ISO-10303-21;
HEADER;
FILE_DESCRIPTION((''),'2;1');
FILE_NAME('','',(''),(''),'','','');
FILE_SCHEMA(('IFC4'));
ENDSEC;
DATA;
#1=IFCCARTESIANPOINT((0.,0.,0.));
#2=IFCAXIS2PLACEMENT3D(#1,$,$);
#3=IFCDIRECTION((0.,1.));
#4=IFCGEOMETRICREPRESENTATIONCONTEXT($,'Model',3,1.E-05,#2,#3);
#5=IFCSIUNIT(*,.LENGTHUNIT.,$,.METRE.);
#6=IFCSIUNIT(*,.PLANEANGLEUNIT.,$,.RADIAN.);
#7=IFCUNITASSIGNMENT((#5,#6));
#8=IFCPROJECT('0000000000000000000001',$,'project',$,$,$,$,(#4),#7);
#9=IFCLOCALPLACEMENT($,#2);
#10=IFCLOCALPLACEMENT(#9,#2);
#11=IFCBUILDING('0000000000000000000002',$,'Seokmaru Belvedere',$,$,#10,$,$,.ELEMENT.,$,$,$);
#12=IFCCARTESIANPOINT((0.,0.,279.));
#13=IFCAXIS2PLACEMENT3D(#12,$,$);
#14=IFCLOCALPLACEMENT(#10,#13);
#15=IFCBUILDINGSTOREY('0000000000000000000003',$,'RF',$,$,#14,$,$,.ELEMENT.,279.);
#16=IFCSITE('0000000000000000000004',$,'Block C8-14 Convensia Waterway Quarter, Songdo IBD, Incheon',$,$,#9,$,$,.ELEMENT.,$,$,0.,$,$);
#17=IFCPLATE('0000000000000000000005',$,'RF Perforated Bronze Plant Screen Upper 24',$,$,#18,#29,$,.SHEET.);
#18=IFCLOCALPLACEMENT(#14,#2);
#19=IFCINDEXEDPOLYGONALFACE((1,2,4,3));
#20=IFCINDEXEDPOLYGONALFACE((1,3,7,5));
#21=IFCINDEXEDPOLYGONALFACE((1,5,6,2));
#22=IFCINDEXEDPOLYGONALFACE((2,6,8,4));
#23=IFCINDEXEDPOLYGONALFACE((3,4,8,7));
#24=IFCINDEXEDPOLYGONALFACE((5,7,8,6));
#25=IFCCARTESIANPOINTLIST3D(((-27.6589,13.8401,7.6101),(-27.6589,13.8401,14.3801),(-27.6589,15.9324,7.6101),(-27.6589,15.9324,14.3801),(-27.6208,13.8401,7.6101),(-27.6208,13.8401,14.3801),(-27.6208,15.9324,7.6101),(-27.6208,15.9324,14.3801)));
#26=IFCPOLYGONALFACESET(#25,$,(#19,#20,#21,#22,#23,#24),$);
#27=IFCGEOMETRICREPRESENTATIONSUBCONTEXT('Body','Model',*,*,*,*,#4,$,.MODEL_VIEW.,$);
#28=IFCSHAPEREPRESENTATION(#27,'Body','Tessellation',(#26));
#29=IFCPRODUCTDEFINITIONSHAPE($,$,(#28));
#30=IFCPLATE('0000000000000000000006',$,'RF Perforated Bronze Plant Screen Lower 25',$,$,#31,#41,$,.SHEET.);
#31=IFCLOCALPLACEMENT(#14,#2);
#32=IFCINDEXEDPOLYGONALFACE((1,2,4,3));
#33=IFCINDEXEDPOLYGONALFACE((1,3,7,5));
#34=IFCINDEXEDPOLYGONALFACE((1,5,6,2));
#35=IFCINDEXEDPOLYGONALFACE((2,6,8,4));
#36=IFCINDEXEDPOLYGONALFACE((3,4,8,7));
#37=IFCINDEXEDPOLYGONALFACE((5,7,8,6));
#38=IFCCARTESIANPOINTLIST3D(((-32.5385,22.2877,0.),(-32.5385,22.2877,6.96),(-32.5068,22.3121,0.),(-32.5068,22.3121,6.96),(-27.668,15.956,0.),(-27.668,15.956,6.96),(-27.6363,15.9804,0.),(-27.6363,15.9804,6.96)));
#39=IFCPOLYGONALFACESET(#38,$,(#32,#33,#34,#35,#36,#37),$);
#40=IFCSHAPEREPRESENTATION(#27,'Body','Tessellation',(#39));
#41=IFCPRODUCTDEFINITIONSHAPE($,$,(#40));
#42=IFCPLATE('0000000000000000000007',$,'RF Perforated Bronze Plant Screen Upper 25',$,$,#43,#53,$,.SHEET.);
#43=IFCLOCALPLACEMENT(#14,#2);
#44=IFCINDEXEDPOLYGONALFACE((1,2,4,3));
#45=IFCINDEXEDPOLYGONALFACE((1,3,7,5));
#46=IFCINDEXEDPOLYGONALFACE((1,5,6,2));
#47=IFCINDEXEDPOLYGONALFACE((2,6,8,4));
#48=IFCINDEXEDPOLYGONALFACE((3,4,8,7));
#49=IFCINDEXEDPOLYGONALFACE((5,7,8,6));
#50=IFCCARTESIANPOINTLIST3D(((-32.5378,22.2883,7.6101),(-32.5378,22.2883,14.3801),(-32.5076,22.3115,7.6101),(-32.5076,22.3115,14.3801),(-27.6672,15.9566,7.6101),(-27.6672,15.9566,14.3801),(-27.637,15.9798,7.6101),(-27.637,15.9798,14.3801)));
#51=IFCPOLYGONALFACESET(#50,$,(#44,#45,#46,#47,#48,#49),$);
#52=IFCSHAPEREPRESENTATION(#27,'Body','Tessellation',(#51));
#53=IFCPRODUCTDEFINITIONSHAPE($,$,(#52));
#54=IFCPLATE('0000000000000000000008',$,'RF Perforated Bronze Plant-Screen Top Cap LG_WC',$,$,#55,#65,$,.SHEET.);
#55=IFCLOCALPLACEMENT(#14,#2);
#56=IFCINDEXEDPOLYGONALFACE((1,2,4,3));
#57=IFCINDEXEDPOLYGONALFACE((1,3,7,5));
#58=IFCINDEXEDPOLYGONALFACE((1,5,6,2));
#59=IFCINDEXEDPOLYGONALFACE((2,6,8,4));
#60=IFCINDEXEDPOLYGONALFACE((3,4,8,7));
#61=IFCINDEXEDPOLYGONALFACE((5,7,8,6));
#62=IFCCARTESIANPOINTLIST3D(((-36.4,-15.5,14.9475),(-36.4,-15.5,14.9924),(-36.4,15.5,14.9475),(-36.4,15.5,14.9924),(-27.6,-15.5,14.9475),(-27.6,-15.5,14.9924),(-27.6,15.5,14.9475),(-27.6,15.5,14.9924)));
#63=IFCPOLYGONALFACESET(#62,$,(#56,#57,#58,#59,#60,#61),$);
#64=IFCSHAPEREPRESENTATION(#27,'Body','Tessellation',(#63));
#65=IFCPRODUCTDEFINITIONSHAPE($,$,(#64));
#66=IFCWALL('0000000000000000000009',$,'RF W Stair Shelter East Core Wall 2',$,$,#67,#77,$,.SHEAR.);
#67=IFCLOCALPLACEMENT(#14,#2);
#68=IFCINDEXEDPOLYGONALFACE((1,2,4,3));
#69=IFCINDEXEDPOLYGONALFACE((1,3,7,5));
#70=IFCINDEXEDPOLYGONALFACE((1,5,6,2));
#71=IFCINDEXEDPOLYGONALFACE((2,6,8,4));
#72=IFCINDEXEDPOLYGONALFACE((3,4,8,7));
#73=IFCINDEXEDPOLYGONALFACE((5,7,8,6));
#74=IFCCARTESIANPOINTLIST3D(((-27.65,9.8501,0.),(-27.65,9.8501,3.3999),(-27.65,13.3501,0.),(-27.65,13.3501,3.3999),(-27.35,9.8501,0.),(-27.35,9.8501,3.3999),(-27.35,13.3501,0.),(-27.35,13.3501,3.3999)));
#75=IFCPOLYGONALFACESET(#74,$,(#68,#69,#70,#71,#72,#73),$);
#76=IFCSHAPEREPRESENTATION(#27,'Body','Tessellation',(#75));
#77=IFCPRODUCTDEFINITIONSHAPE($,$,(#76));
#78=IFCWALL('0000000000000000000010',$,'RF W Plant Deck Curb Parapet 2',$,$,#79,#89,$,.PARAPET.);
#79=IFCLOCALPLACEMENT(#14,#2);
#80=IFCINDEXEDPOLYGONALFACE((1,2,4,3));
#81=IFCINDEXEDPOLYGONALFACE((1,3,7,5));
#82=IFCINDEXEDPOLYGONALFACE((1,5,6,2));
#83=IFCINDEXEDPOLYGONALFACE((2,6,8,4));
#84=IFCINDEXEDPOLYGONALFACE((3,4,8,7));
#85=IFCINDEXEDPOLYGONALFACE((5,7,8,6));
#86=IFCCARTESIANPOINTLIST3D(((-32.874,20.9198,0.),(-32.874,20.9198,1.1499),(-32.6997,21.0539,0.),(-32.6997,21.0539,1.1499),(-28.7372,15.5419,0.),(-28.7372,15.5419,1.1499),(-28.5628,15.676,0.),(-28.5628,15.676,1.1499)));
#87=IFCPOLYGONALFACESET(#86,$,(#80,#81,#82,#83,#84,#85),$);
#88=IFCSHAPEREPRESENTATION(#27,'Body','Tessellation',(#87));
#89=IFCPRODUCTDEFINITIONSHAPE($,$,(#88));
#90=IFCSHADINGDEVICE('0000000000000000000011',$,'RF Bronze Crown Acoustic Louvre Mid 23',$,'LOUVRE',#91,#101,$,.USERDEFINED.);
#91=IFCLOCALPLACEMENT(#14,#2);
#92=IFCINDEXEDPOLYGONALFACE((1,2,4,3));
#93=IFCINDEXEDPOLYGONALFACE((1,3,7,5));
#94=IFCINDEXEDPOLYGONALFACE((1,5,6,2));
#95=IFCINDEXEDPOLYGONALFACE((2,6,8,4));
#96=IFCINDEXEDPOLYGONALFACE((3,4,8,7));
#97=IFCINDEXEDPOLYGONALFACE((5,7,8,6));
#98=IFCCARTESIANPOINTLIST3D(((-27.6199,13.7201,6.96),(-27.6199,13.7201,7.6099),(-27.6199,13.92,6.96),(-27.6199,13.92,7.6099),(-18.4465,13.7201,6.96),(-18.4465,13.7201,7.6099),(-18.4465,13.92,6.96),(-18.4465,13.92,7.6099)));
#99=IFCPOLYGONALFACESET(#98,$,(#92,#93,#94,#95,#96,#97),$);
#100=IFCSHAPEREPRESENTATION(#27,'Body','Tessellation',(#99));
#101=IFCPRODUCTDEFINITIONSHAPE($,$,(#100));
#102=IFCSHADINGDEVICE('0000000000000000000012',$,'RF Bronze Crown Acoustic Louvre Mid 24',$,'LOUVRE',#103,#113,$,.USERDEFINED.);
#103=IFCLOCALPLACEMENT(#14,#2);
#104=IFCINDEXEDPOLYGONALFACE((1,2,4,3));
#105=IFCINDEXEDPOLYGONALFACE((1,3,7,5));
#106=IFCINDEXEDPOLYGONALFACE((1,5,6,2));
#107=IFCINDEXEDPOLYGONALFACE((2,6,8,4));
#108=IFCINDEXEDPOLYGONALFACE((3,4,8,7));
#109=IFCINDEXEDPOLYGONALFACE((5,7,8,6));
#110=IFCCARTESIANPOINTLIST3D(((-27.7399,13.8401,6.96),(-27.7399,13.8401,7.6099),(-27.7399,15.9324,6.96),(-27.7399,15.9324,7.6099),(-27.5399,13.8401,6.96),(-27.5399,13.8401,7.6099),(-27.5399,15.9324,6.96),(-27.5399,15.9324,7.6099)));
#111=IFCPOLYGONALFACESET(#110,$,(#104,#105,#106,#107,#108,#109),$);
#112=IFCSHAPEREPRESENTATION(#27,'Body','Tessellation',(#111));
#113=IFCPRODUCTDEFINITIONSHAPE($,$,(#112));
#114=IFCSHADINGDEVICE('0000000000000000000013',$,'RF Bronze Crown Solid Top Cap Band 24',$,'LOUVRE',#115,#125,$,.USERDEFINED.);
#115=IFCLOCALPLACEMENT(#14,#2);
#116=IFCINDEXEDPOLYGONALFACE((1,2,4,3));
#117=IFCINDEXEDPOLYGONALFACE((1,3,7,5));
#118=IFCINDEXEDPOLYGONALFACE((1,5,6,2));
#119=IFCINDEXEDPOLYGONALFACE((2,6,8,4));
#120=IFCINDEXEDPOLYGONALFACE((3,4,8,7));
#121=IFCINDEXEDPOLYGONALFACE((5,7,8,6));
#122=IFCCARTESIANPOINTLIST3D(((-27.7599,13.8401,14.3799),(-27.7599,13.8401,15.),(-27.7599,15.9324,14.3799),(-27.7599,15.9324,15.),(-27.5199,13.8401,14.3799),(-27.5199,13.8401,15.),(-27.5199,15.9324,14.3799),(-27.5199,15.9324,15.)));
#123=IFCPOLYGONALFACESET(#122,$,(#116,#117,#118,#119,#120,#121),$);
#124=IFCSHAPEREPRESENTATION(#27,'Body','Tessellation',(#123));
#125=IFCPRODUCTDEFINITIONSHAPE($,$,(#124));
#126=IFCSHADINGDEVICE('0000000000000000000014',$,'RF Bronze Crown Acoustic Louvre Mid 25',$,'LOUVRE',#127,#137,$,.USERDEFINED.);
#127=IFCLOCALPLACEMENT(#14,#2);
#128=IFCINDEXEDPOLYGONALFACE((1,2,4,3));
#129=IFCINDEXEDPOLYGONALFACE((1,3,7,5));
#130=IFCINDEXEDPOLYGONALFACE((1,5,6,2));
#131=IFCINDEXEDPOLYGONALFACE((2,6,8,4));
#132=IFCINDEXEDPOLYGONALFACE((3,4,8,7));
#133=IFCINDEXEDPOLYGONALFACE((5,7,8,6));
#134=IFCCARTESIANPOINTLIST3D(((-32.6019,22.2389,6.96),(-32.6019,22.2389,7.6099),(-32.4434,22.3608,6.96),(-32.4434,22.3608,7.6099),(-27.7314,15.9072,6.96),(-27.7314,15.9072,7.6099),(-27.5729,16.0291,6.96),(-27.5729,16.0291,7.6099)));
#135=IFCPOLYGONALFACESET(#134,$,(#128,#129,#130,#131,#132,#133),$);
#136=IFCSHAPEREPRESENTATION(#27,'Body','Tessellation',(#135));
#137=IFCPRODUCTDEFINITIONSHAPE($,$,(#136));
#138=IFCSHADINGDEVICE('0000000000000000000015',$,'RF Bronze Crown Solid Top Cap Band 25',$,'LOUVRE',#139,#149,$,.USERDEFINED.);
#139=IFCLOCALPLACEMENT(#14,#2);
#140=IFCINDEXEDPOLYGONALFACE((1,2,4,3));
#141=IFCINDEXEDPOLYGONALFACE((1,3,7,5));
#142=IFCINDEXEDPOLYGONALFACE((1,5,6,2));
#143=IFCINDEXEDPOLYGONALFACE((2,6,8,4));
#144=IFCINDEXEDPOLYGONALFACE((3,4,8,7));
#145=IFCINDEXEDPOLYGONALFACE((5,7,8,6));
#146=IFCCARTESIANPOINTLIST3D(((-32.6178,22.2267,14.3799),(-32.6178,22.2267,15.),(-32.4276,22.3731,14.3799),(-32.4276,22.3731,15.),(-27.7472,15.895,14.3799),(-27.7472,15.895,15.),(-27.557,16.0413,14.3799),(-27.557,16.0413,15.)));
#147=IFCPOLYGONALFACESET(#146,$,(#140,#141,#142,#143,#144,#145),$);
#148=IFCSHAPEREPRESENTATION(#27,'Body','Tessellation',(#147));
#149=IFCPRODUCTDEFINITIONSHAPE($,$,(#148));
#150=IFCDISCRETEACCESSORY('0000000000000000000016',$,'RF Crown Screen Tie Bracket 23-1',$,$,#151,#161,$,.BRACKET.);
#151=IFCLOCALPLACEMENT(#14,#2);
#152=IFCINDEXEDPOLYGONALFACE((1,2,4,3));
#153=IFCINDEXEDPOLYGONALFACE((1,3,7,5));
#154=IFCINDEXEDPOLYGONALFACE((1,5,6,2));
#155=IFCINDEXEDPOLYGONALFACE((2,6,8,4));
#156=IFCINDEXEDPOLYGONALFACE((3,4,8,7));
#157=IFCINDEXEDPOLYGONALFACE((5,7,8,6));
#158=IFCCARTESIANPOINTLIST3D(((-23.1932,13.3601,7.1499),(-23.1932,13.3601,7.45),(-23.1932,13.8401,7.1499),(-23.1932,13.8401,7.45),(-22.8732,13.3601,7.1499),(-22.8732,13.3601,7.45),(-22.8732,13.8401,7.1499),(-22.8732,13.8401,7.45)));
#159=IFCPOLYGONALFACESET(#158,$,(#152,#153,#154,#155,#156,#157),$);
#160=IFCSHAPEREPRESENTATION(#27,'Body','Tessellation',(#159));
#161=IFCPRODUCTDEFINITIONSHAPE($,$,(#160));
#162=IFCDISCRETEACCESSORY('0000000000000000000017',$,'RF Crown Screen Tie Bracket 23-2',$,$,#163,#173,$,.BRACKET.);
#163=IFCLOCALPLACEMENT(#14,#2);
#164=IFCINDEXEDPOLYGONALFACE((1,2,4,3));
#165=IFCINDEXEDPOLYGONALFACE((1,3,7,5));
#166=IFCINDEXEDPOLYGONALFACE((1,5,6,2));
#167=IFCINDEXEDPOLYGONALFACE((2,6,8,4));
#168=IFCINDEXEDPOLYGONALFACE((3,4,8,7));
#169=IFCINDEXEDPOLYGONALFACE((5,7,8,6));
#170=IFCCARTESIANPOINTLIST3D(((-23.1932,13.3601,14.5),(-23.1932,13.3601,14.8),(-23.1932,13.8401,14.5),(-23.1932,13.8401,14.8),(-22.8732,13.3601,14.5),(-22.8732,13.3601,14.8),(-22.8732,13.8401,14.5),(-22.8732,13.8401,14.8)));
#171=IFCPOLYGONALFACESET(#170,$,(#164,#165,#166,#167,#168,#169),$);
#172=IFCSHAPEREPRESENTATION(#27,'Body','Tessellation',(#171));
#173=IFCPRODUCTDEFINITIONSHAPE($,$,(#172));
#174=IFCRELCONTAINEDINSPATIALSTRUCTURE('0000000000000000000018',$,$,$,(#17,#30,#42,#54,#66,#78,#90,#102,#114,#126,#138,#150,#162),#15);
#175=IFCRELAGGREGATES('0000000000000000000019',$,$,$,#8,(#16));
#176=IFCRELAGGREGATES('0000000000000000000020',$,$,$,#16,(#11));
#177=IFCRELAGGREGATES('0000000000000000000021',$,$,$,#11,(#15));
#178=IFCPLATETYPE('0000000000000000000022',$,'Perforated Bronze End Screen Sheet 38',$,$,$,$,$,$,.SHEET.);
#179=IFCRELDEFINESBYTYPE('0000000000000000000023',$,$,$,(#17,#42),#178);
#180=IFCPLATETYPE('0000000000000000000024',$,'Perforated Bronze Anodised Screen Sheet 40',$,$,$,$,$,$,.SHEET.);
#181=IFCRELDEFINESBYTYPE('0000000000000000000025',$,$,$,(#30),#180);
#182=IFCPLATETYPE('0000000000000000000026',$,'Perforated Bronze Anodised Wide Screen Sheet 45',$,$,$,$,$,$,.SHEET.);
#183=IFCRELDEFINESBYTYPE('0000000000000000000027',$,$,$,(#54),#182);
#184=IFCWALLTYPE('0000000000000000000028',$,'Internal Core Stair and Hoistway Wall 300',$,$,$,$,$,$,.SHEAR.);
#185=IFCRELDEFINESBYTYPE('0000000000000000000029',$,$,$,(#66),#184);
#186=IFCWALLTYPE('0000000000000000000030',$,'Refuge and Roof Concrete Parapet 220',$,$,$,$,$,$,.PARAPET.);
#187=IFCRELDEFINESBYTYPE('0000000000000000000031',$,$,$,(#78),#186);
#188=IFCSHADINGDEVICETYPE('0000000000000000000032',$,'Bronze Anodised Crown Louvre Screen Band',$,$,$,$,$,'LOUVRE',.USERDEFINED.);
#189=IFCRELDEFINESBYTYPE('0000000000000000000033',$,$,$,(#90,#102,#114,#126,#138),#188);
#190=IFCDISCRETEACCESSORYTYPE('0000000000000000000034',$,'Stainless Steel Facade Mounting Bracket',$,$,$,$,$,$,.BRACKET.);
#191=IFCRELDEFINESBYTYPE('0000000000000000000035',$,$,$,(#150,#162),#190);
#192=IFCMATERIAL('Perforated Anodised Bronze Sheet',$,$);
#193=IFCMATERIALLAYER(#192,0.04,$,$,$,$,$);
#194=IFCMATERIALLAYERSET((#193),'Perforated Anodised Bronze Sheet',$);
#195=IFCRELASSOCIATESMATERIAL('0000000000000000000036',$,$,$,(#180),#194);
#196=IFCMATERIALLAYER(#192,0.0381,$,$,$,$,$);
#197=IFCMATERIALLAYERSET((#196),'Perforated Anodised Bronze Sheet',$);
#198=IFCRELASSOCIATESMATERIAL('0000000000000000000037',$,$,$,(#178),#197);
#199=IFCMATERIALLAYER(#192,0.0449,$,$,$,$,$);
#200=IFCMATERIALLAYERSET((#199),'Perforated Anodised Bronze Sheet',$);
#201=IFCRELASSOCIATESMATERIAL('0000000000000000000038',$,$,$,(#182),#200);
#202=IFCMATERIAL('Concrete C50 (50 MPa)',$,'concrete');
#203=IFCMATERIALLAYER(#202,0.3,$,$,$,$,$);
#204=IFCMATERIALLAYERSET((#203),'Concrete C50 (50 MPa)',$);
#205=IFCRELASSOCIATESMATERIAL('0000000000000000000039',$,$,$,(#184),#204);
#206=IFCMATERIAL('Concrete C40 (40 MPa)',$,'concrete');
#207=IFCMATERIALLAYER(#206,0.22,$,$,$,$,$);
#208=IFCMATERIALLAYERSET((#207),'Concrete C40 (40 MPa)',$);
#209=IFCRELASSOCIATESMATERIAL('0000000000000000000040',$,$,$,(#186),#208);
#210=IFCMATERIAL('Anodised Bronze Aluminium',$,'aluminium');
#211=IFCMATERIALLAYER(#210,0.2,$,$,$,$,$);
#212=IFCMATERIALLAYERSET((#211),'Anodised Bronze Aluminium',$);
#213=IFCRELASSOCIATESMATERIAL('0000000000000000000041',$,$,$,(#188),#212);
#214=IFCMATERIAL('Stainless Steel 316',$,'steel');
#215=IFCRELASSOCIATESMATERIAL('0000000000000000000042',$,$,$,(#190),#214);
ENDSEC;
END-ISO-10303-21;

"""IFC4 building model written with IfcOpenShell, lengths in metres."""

from ifc_helpers import new_model, si_unit, direction, frame, frame_2d, origin, origin_2d, place, context, subcontext, project, spatial, rectangle, extrude, source, transform, mapped, material, layer, layer_set, type_object, type_shapes, element, save


model = new_model("IFC4")

# Units and contexts
model_context = context("Model", 3, precision=1e-05, world=origin(), true_north=direction((0.0, 1.0)))
body_context = subcontext(model_context, "Body", "Model", "MODEL_VIEW")
ifc_project = project(units=[si_unit("LENGTHUNIT", "METRE"), si_unit("PLANEANGLEUNIT", "RADIAN")], contexts=[model_context])

# Site, building, storey
site_placement = place(None, origin())
site = spatial("IfcSite", under=ifc_project, at=site_placement, Name="Block C8-14 Convensia Waterway Quarter, Songdo IBD, Incheon", CompositionType="ELEMENT", RefElevation=0.0)
building_placement = place(site_placement, origin())
building = spatial("IfcBuilding", under=site, at=building_placement, Name="Seokmaru Belvedere", CompositionType="ELEMENT")
storey_placement = place(building_placement, frame((0.0, 0.0, 279.0)))
storey = spatial("IfcBuildingStorey", under=building, at=storey_placement, Name="RF", CompositionType="ELEMENT", Elevation=279.0)

# Plates
ifc_material_1 = material(Name="Perforated Anodised Bronze Sheet")
ifc_layer_1 = layer(ifc_material_1, 0.04)
ifc_layer_set_1 = layer_set([ifc_layer_1], Name="Perforated Anodised Bronze Sheet")
plate_type_1 = type_object("IfcPlateType", Name="Perforated Bronze Anodised Screen Sheet 40", PredefinedType="SHEET", material=ifc_layer_set_1)
ifc_layer_2 = layer(ifc_material_1, 0.0381)
ifc_layer_set_2 = layer_set([ifc_layer_2], Name="Perforated Anodised Bronze Sheet")
plate_type_2 = type_object("IfcPlateType", Name="Perforated Bronze End Screen Sheet 38", PredefinedType="SHEET", material=ifc_layer_set_2)
shared_shape_1 = source(origin(), body_context, "Body", "SweptSolid", [
    extrude(rectangle(XDim=2.0923, YDim=0.0381, at=origin_2d()), origin(), (0.0, 0.0, 1.0), 6.77),
])
plate_1_placement = place(storey_placement, frame((-27.6399, 14.8862, 7.6101), z_axis=(0.0, 0.0, 1.0), x_axis=(0.0, 1.0, 0.0)))
element("IfcPlate", 1, at=plate_1_placement, inside=storey, type_object=plate_type_2, Name="RF Perforated Bronze Plant Screen Upper 24", PredefinedType="SHEET", context=body_context, shape_type="MappedRepresentation", body=[
    mapped(shared_shape_1, transform((0.0, 0.0, 0.0), scale=1.0)),
])
shared_shape_2 = source(origin(), body_context, "Body", "SweptSolid", [
    extrude(rectangle(XDim=7.9883, YDim=0.04, at=origin_2d()), origin(), (0.0, 0.0, 1.0), 6.96),
])
plate_2_placement = place(storey_placement, frame((-30.0874, 19.134, 0.0), z_axis=(0.0, 0.0, 1.0), x_axis=(-0.609709, 0.792625, 0.0)))
element("IfcPlate", 2, at=plate_2_placement, inside=storey, type_object=plate_type_1, Name="RF Perforated Bronze Plant Screen Lower 25", PredefinedType="SHEET", context=body_context, shape_type="MappedRepresentation", body=[
    mapped(shared_shape_2, transform((0.0, 0.0, 0.0), scale=1.0)),
])
shared_shape_3 = source(origin(), body_context, "Body", "SweptSolid", [
    extrude(rectangle(XDim=7.9883, YDim=0.0381, at=origin_2d()), origin(), (0.0, 0.0, 1.0), 6.77),
])
plate_3_placement = place(storey_placement, frame((-30.0874, 19.134, 7.6101), z_axis=(0.0, 0.0, 1.0), x_axis=(-0.609709, 0.792625, 0.0)))
element("IfcPlate", 3, at=plate_3_placement, inside=storey, type_object=plate_type_2, Name="RF Perforated Bronze Plant Screen Upper 25", PredefinedType="SHEET", context=body_context, shape_type="MappedRepresentation", body=[
    mapped(shared_shape_3, transform((0.0, 0.0, 0.0), scale=1.0)),
])
ifc_layer_3 = layer(ifc_material_1, 0.0449)
ifc_layer_set_3 = layer_set([ifc_layer_3], Name="Perforated Anodised Bronze Sheet")
plate_type_3 = type_object("IfcPlateType", Name="Perforated Bronze Anodised Wide Screen Sheet 45", PredefinedType="SHEET", material=ifc_layer_set_3)
shared_shape_4 = source(origin(), body_context, "Body", "SweptSolid", [
    extrude(rectangle(XDim=8.8, YDim=31.0, at=origin_2d()), origin(), (0.0, 0.0, 1.0), 0.0449),
])
type_shapes(plate_type_3, [shared_shape_4])
plate_4_placement = place(storey_placement, frame((-32.0, 0.0, 14.9475), z_axis=(0.0, 0.0, 1.0), x_axis=(1.0, 0.0, 0.0)))
element("IfcPlate", 4, at=plate_4_placement, inside=storey, type_object=plate_type_3, Name="RF Perforated Bronze Plant-Screen Top Cap LG_WC", PredefinedType="SHEET", context=body_context, shape_type="MappedRepresentation", body=[
    mapped(shared_shape_4, transform((0.0, 0.0, 0.0), scale=1.0)),
])

# Walls
ifc_material_2 = material(Name="Concrete C50 (50 MPa)", Category="concrete")
ifc_layer_4 = layer(ifc_material_2, 0.3)
ifc_layer_set_4 = layer_set([ifc_layer_4], Name="Concrete C50 (50 MPa)")
wall_type_1 = type_object("IfcWallType", Name="Internal Core Stair and Hoistway Wall 300", PredefinedType="SHEAR", material=ifc_layer_set_4)
wall_1_placement = place(storey_placement, frame((-27.5, 9.8501, 0.0), z_axis=(0.0, 0.0, 1.0), x_axis=(0.0, 1.0, 0.0)))
element("IfcWall", 5, at=wall_1_placement, inside=storey, type_object=wall_type_1, Name="RF W Stair Shelter East Core Wall 2", PredefinedType="SHEAR", context=body_context, shape_type="SweptSolid", body=[
    extrude(rectangle(XDim=3.5, YDim=0.3, at=frame_2d((1.75, 0.0))), origin(), (0.0, 0.0, 1.0), 3.3999),
])
ifc_material_3 = material(Name="Concrete C40 (40 MPa)", Category="concrete")
ifc_layer_5 = layer(ifc_material_3, 0.22)
ifc_layer_set_5 = layer_set([ifc_layer_5], Name="Concrete C40 (40 MPa)")
wall_type_2 = type_object("IfcWallType", Name="Refuge and Roof Concrete Parapet 220", PredefinedType="PARAPET", material=ifc_layer_set_5)
wall_2_placement = place(storey_placement, frame((-28.6499, 15.6089, 0.0), z_axis=(0.0, 0.0, 1.0), x_axis=(-0.609719, 0.792617, 0.0)))
element("IfcWall", 6, at=wall_2_placement, inside=storey, type_object=wall_type_2, Name="RF W Plant Deck Curb Parapet 2", PredefinedType="PARAPET", context=body_context, shape_type="SweptSolid", body=[
    extrude(rectangle(XDim=6.7849, YDim=0.22, at=frame_2d((3.3926, 0.0))), origin(), (0.0, 0.0, 1.0), 1.1499),
])

# Shading devices
ifc_material_4 = material(Name="Anodised Bronze Aluminium", Category="aluminium")
ifc_layer_6 = layer(ifc_material_4, 0.2)
ifc_layer_set_6 = layer_set([ifc_layer_6], Name="Anodised Bronze Aluminium")
shading_device_type = type_object("IfcShadingDeviceType", Name="Bronze Anodised Crown Louvre Screen Band", ElementType="LOUVRE", PredefinedType="USERDEFINED", material=ifc_layer_set_6)
shared_shape_5 = source(origin(), body_context, "Body", "SweptSolid", [
    extrude(rectangle(XDim=9.1733, YDim=0.2, at=origin_2d()), origin(), (0.0, 0.0, 1.0), 0.6499),
])
shading_device_1_placement = place(storey_placement, frame((-23.0332, 13.8201, 6.96), z_axis=(0.0, 0.0, 1.0), x_axis=(-1.0, 0.0, 0.0)))
element("IfcShadingDevice", 7, at=shading_device_1_placement, inside=storey, type_object=shading_device_type, Name="RF Bronze Crown Acoustic Louvre Mid 23", ObjectType="LOUVRE", PredefinedType="USERDEFINED", context=body_context, shape_type="MappedRepresentation", body=[
    mapped(shared_shape_5, transform((0.0, 0.0, 0.0), scale=1.0)),
])
shared_shape_6 = source(origin(), body_context, "Body", "SweptSolid", [
    extrude(rectangle(XDim=2.0923, YDim=0.2, at=origin_2d()), origin(), (0.0, 0.0, 1.0), 0.6499),
])
shading_device_2_placement = place(storey_placement, frame((-27.6399, 14.8862, 6.96), z_axis=(0.0, 0.0, 1.0), x_axis=(0.0, 1.0, 0.0)))
element("IfcShadingDevice", 8, at=shading_device_2_placement, inside=storey, type_object=shading_device_type, Name="RF Bronze Crown Acoustic Louvre Mid 24", ObjectType="LOUVRE", PredefinedType="USERDEFINED", context=body_context, shape_type="MappedRepresentation", body=[
    mapped(shared_shape_6, transform((0.0, 0.0, 0.0), scale=1.0)),
])
shared_shape_7 = source(origin(), body_context, "Body", "SweptSolid", [
    extrude(rectangle(XDim=2.0923, YDim=0.24, at=origin_2d()), origin(), (0.0, 0.0, 1.0), 0.6201),
])
shading_device_3_placement = place(storey_placement, frame((-27.6399, 14.8862, 14.3799), z_axis=(0.0, 0.0, 1.0), x_axis=(0.0, 1.0, 0.0)))
element("IfcShadingDevice", 9, at=shading_device_3_placement, inside=storey, type_object=shading_device_type, Name="RF Bronze Crown Solid Top Cap Band 24", ObjectType="LOUVRE", PredefinedType="USERDEFINED", context=body_context, shape_type="MappedRepresentation", body=[
    mapped(shared_shape_7, transform((0.0, 0.0, 0.0), scale=1.0)),
])
shared_shape_8 = source(origin(), body_context, "Body", "SweptSolid", [
    extrude(rectangle(XDim=7.9883, YDim=0.2, at=origin_2d()), origin(), (0.0, 0.0, 1.0), 0.6499),
])
shading_device_4_placement = place(storey_placement, frame((-30.0874, 19.134, 6.96), z_axis=(0.0, 0.0, 1.0), x_axis=(-0.609709, 0.792625, 0.0)))
element("IfcShadingDevice", 10, at=shading_device_4_placement, inside=storey, type_object=shading_device_type, Name="RF Bronze Crown Acoustic Louvre Mid 25", ObjectType="LOUVRE", PredefinedType="USERDEFINED", context=body_context, shape_type="MappedRepresentation", body=[
    mapped(shared_shape_8, transform((0.0, 0.0, 0.0), scale=1.0)),
])
shared_shape_9 = source(origin(), body_context, "Body", "SweptSolid", [
    extrude(rectangle(XDim=7.9883, YDim=0.24, at=origin_2d()), origin(), (0.0, 0.0, 1.0), 0.6201),
])
type_shapes(shading_device_type, [shared_shape_5, shared_shape_6, shared_shape_7, shared_shape_8, shared_shape_9])
shading_device_5_placement = place(storey_placement, frame((-30.0874, 19.134, 14.3799), z_axis=(0.0, 0.0, 1.0), x_axis=(-0.609709, 0.792625, 0.0)))
element("IfcShadingDevice", 11, at=shading_device_5_placement, inside=storey, type_object=shading_device_type, Name="RF Bronze Crown Solid Top Cap Band 25", ObjectType="LOUVRE", PredefinedType="USERDEFINED", context=body_context, shape_type="MappedRepresentation", body=[
    mapped(shared_shape_9, transform((0.0, 0.0, 0.0), scale=1.0)),
])

# Discrete accessories
ifc_material_5 = material(Name="Stainless Steel 316", Category="steel")
discrete_accessory_type_1 = type_object("IfcDiscreteAccessoryType", Name="Stainless Steel Facade Mounting Bracket", PredefinedType="BRACKET", material=ifc_material_5)
shared_shape_10 = source(origin(), body_context, "Body", "SweptSolid", [
    extrude(rectangle(XDim=0.3201, YDim=0.48, at=origin_2d()), origin(), (0.0, 0.0, 1.0), 0.3),
])
type_shapes(discrete_accessory_type_1, [shared_shape_10])
for number, where, z_axis, x_axis, name in (
    (12, (-23.0332, 13.6001, 7.1499), (0.0, 0.0, 1.0), (-1.0, 0.0, 0.0), "RF Crown Screen Tie Bracket 23-1"),
    (13, (-23.0332, 13.6001, 14.5), (0.0, 0.0, 1.0), (-1.0, 0.0, 0.0), "RF Crown Screen Tie Bracket 23-2"),
):
    element("IfcDiscreteAccessory", number, at=place(storey_placement, frame(where, z_axis=z_axis, x_axis=x_axis)), inside=storey, type_object=discrete_accessory_type_1, Name=name, PredefinedType="BRACKET", context=body_context, shape_type="MappedRepresentation", body=[
        mapped(shared_shape_10, transform((0.0, 0.0, 0.0), scale=1.0)),
    ])

save(model, "model.ifc")
